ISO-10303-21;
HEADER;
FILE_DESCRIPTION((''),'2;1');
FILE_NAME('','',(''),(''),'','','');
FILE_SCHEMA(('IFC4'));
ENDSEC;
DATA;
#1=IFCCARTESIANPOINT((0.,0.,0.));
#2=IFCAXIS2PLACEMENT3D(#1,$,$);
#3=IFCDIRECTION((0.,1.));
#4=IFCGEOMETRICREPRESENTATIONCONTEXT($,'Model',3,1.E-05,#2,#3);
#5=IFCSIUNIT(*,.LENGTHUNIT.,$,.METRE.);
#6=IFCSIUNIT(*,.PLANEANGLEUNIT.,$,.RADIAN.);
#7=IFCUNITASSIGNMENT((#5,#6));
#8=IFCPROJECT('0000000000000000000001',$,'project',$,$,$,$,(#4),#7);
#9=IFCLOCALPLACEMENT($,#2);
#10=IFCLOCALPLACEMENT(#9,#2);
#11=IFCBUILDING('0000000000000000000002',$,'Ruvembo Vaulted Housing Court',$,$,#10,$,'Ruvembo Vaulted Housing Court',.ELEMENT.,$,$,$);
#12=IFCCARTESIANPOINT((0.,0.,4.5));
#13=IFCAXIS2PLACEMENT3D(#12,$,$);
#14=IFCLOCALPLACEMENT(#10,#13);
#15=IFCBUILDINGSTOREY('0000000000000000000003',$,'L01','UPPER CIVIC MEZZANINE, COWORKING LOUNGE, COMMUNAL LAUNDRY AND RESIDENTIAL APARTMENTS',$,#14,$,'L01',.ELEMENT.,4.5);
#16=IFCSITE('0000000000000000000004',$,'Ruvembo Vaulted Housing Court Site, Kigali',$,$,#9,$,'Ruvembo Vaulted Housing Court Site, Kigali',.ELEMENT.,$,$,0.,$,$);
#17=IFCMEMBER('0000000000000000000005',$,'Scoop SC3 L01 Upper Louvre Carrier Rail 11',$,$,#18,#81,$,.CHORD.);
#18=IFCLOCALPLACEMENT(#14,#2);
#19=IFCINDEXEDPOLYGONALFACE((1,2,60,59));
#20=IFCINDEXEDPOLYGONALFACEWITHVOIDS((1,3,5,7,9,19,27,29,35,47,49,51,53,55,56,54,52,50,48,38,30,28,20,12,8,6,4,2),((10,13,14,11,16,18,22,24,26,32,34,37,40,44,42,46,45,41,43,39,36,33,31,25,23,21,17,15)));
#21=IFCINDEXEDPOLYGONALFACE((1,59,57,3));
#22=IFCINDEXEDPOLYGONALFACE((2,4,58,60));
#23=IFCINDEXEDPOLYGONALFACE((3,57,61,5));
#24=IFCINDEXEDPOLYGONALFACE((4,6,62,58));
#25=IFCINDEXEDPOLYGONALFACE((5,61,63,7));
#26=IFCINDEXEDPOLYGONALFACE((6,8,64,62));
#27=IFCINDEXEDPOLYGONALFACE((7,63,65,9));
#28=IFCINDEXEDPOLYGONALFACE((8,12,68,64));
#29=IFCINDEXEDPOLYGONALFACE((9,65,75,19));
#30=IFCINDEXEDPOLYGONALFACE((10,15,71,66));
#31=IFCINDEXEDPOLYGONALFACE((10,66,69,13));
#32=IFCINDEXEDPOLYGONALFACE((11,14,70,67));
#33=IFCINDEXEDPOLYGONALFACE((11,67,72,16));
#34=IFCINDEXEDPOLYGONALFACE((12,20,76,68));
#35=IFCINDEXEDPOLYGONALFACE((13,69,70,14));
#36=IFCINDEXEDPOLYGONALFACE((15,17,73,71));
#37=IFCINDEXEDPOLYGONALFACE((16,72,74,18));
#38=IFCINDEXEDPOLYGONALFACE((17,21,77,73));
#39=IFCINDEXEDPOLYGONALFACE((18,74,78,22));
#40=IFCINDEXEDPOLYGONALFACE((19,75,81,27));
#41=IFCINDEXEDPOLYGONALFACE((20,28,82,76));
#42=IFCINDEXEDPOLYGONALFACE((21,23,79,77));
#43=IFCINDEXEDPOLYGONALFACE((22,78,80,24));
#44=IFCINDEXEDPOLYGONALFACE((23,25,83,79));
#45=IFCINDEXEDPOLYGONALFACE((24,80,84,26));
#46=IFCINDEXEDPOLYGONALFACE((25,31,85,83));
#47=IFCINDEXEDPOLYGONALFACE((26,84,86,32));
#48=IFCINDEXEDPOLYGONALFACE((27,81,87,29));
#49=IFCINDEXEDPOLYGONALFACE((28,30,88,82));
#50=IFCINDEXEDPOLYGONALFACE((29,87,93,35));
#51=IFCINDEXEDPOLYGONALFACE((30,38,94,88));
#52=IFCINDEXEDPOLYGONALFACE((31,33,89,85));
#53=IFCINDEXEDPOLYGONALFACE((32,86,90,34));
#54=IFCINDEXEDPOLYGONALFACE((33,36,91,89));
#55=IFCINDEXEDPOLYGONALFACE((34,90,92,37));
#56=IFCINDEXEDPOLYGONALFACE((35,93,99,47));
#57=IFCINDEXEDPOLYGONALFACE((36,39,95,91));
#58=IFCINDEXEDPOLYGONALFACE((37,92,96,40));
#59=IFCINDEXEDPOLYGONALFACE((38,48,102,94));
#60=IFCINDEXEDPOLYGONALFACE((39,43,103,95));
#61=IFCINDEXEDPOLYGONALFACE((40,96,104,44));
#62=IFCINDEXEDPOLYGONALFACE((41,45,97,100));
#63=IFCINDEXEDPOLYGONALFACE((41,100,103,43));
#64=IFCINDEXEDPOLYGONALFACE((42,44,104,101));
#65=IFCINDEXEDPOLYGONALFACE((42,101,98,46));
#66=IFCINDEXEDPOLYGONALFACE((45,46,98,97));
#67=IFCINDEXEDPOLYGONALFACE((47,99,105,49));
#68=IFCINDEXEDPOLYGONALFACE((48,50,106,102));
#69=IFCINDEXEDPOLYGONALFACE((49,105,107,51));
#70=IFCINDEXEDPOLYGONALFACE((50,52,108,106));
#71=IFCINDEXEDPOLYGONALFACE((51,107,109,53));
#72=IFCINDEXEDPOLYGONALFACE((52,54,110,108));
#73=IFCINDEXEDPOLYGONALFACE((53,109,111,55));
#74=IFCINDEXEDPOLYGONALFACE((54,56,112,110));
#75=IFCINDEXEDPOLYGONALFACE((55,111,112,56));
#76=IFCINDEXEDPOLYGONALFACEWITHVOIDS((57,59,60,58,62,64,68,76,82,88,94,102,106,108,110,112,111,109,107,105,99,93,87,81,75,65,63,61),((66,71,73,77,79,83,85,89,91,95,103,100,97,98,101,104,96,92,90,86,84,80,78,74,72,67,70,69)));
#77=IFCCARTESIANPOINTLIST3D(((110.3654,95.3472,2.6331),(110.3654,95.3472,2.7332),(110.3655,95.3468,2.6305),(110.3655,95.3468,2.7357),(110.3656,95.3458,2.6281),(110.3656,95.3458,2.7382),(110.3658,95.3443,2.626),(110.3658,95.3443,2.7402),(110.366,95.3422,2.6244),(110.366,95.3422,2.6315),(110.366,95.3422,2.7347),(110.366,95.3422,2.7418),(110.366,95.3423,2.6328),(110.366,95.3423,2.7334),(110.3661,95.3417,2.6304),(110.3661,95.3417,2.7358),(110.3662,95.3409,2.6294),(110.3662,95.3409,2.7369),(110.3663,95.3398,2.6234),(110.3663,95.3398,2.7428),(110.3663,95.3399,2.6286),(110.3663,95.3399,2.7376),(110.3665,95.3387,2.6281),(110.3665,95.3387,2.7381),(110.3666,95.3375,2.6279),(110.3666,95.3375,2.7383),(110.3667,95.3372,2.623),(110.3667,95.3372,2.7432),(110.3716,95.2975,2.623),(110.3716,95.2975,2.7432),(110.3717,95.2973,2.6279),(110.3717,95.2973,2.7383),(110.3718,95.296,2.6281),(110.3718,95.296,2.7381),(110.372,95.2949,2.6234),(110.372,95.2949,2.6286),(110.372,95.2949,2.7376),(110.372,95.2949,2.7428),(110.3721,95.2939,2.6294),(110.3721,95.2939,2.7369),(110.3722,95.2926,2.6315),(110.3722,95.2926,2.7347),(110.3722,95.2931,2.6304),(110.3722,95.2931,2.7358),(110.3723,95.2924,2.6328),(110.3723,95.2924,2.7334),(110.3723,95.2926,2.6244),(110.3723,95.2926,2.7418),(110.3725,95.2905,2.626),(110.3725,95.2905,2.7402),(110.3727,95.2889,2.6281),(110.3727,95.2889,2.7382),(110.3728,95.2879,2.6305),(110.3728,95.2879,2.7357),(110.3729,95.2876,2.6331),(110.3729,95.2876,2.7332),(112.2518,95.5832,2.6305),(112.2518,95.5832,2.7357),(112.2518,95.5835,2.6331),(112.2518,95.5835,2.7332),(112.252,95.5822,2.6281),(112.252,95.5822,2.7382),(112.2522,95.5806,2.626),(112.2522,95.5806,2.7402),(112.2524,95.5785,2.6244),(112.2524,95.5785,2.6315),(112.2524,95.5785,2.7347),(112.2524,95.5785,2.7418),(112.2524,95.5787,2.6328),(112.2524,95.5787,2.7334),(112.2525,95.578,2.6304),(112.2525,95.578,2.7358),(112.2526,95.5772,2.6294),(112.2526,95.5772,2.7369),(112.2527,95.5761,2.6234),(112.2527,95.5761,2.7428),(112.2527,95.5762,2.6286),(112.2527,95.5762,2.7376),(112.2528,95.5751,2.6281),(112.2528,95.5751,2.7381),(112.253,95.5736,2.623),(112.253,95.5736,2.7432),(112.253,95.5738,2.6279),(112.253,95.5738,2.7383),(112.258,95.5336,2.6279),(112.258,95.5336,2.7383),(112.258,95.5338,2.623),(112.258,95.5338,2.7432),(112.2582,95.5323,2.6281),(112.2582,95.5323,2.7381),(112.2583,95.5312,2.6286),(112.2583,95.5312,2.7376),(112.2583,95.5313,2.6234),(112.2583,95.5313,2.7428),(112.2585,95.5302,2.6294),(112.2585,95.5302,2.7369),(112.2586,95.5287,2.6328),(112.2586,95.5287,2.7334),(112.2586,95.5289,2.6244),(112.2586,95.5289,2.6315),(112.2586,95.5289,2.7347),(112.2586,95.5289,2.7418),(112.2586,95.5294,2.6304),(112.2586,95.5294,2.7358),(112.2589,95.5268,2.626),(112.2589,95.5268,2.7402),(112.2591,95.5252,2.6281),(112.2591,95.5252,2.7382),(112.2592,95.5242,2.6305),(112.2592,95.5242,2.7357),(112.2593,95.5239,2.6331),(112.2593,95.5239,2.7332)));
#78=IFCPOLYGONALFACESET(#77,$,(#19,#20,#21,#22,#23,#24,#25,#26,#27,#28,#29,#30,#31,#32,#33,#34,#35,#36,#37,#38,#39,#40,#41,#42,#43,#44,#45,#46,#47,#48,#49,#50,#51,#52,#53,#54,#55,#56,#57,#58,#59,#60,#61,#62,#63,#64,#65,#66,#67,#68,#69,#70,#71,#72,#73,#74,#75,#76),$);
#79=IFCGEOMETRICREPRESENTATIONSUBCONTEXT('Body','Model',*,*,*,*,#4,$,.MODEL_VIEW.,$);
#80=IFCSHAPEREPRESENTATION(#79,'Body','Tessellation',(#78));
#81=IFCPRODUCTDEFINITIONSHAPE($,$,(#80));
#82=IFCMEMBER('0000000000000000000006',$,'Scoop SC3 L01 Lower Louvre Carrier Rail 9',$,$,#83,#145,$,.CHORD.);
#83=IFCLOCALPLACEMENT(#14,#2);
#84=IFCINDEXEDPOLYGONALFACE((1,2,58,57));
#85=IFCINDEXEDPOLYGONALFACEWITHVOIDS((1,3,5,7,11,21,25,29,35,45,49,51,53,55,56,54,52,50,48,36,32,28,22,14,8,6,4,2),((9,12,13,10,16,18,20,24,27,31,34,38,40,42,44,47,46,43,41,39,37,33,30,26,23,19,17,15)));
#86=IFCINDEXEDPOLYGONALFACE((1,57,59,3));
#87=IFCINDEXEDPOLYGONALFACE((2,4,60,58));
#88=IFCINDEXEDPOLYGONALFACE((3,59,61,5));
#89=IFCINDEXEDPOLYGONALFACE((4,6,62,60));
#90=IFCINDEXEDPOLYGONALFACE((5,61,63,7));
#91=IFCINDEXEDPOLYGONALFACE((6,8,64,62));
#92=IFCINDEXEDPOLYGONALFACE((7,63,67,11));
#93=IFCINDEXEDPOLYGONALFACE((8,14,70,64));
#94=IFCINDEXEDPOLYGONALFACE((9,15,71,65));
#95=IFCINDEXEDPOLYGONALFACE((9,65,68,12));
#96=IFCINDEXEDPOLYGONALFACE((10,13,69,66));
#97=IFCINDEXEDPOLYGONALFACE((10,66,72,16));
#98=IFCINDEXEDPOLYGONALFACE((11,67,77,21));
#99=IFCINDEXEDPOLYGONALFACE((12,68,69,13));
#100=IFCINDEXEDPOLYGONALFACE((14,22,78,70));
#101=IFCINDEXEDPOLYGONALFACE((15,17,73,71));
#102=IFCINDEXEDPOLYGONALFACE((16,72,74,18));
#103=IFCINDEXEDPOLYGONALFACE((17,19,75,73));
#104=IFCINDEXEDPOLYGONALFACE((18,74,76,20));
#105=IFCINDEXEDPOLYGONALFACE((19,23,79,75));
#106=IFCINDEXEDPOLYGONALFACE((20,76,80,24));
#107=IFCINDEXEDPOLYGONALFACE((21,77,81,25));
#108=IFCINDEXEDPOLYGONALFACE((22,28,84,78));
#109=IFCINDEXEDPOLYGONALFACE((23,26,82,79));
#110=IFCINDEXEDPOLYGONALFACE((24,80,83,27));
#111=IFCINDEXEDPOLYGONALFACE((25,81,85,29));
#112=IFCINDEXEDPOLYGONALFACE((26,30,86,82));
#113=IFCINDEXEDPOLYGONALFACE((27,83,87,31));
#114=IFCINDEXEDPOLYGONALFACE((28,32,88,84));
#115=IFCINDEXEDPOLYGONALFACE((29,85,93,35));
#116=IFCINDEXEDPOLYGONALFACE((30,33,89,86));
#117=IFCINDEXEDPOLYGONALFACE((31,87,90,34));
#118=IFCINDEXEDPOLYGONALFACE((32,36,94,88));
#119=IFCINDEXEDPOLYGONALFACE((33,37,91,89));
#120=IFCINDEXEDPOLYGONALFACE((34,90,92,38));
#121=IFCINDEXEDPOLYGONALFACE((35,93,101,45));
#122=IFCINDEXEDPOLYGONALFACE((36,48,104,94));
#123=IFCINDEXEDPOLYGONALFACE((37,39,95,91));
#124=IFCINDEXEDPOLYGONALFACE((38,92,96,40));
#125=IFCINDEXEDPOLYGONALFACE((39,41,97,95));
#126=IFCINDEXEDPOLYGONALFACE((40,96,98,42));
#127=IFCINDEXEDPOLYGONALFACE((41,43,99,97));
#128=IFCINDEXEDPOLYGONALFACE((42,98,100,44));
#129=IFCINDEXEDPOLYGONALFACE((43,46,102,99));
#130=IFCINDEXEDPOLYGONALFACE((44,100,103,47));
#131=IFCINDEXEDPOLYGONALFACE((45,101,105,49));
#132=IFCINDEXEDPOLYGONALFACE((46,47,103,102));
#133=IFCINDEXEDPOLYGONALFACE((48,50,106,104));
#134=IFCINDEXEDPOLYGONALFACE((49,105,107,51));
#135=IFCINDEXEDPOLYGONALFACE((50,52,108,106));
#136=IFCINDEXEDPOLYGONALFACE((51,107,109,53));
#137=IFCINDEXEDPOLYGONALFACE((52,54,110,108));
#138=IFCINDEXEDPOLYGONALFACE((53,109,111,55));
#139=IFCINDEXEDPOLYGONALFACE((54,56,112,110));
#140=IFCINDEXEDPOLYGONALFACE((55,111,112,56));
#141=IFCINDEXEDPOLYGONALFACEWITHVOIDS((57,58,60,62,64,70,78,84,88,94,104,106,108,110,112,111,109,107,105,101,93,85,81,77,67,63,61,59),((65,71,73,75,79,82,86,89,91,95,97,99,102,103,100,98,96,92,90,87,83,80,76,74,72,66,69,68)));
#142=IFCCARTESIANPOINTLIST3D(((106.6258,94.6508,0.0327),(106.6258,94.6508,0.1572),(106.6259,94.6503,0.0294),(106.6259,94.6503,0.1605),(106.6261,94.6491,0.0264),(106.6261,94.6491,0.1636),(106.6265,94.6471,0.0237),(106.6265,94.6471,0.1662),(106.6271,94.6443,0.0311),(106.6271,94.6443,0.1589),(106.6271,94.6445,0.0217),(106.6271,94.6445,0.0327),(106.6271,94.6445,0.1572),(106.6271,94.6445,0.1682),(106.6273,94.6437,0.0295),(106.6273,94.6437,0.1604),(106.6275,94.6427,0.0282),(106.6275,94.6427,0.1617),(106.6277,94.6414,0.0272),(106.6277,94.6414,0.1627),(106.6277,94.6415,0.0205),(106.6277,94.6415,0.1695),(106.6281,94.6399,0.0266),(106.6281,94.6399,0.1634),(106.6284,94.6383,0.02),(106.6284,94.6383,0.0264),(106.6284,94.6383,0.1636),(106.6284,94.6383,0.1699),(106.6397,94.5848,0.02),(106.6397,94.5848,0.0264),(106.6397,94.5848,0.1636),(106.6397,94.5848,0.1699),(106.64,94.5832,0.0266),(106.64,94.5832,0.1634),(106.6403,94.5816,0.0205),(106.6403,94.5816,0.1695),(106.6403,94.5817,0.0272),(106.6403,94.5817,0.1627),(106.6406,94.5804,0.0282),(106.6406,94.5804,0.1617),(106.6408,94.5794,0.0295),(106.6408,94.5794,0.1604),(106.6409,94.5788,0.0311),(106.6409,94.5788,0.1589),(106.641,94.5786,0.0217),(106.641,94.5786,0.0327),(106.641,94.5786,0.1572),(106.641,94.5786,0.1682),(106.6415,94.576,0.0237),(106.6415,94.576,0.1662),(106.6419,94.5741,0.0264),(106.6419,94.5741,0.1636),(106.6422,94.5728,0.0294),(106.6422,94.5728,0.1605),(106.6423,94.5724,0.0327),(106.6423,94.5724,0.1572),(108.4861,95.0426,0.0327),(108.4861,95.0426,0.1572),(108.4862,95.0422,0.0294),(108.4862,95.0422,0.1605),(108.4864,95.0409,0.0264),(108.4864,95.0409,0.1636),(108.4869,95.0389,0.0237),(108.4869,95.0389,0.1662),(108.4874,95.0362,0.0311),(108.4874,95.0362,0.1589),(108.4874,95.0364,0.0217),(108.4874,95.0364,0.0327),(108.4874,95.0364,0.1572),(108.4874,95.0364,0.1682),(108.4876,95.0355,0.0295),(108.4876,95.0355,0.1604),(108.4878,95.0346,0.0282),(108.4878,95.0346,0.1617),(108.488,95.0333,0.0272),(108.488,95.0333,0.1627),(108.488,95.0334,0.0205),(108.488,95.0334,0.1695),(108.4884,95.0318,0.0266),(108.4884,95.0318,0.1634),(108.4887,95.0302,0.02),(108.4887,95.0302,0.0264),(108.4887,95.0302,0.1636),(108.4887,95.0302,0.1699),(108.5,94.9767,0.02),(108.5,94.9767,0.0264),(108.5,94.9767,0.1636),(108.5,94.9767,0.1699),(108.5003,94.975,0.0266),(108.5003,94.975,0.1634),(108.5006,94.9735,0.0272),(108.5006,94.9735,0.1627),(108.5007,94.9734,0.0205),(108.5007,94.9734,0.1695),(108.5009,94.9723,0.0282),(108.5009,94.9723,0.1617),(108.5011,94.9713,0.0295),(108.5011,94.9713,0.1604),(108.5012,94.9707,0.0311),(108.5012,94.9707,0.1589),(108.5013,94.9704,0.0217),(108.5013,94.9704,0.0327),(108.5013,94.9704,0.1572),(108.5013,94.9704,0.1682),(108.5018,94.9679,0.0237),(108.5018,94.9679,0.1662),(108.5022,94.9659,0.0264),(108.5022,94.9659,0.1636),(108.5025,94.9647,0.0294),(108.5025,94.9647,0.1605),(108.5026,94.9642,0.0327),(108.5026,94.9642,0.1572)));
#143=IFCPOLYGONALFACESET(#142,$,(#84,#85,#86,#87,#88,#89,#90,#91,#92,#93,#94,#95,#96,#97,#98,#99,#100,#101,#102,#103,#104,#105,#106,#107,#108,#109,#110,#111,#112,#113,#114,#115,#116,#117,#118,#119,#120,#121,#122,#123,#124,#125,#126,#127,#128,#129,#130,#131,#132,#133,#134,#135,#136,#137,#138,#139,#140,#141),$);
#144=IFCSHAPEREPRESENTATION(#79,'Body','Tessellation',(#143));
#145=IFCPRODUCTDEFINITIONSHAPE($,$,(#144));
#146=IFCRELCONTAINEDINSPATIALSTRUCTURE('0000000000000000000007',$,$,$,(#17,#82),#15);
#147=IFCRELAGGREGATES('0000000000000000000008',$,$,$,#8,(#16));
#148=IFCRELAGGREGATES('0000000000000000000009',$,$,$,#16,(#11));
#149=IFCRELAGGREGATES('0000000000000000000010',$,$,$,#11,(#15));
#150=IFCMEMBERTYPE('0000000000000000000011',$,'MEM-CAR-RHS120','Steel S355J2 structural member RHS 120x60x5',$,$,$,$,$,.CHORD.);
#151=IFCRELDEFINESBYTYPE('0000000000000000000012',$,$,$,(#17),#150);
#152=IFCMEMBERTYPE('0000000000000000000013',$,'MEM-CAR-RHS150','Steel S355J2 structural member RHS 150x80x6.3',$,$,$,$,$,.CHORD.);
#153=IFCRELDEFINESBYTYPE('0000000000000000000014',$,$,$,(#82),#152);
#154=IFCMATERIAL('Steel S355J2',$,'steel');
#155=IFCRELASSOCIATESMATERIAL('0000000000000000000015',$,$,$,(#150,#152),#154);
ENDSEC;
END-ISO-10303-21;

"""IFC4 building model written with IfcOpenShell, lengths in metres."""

from ifc_helpers import new_model, si_unit, direction, frame, origin, origin_2d, place, context, subcontext, project, spatial, hollow_rectangle, extrude, material, material_profile, profile_set, type_object, element, save


model = new_model("IFC4")

# Units and contexts
model_context = context("Model", 3, precision=1e-05, world=origin(), true_north=direction((0.0, 1.0)))
body_context = subcontext(model_context, "Body", "Model", "MODEL_VIEW")
ifc_project = project(units=[si_unit("LENGTHUNIT", "METRE"), si_unit("PLANEANGLEUNIT", "RADIAN")], contexts=[model_context])

# Site, building, storey
site_placement = place(None, origin())
site = spatial("IfcSite", under=ifc_project, at=site_placement, Name="Ruvembo Vaulted Housing Court Site, Kigali", LongName="Ruvembo Vaulted Housing Court Site, Kigali", CompositionType="ELEMENT", RefElevation=0.0)
building_placement = place(site_placement, origin())
building = spatial("IfcBuilding", under=site, at=building_placement, Name="Ruvembo Vaulted Housing Court", LongName="Ruvembo Vaulted Housing Court", CompositionType="ELEMENT")
storey_placement = place(building_placement, frame((0.0, 0.0, 4.5)))
storey = spatial("IfcBuildingStorey", under=building, at=storey_placement, Name="L01", Description="UPPER CIVIC MEZZANINE, COWORKING LOUNGE, COMMUNAL LAUNDRY AND RESIDENTIAL APARTMENTS", LongName="L01", CompositionType="ELEMENT", Elevation=4.5)

# Shared definitions
ifc_material_1 = material(Name="Steel S355J2", Category="steel")

# Members
ifc_material_profile_1 = material_profile(ifc_material_1, hollow_rectangle(XDim=0.0601, YDim=0.1201, WallThickness=0.0049, InnerFilletRadius=0.0049, OuterFilletRadius=0.01, at=origin_2d()), Name="RHS 120x60x5")
ifc_profile_set_1 = profile_set([ifc_material_profile_1], Name="Steel S355J2")
member_type_1 = type_object("IfcMemberType", Name="MEM-CAR-RHS120", Description="Steel S355J2 structural member RHS 120x60x5", PredefinedType="CHORD", material=ifc_profile_set_1)
member_1_placement = place(storey_placement, frame((110.3691, 95.3174, 2.6831), z_axis=(0.992244, 0.124303, 0.0), x_axis=(-0.124303, 0.992244, 0.0)))
element("IfcMember", 1, at=member_1_placement, inside=storey, type_object=member_type_1, Name="Scoop SC3 L01 Upper Louvre Carrier Rail 11", PredefinedType="CHORD", context=body_context, shape_type="SweptSolid", body=[
    extrude(hollow_rectangle(XDim=0.0601, YDim=0.1201, WallThickness=0.0049, InnerFilletRadius=0.0049, OuterFilletRadius=0.01, at=origin_2d()), origin(), (0.0, 0.0, 1.0), 1.9011),
])
ifc_material_profile_2 = material_profile(ifc_material_1, hollow_rectangle(XDim=0.0801, YDim=0.1499, WallThickness=0.0063, InnerFilletRadius=0.0063, OuterFilletRadius=0.0127, at=origin_2d()), Name="RHS 150x80x6.3")
ifc_profile_set_2 = profile_set([ifc_material_profile_2], Name="Steel S355J2")
member_type_2 = type_object("IfcMemberType", Name="MEM-CAR-RHS150", Description="Steel S355J2 structural member RHS 150x80x6.3", PredefinedType="CHORD", material=ifc_profile_set_2)
member_2_placement = place(storey_placement, frame((106.634, 94.6116, 0.095), z_axis=(0.978529, 0.206108, 0.0), x_axis=(-0.206108, 0.978529, 0.0)))
element("IfcMember", 2, at=member_2_placement, inside=storey, type_object=member_type_2, Name="Scoop SC3 L01 Lower Louvre Carrier Rail 9", PredefinedType="CHORD", context=body_context, shape_type="SweptSolid", body=[
    extrude(hollow_rectangle(XDim=0.0801, YDim=0.1499, WallThickness=0.0063, InnerFilletRadius=0.0063, OuterFilletRadius=0.0127, at=origin_2d()), origin(), (0.0, 0.0, 1.0), 1.9011),
])

save(model, "model.ifc")
